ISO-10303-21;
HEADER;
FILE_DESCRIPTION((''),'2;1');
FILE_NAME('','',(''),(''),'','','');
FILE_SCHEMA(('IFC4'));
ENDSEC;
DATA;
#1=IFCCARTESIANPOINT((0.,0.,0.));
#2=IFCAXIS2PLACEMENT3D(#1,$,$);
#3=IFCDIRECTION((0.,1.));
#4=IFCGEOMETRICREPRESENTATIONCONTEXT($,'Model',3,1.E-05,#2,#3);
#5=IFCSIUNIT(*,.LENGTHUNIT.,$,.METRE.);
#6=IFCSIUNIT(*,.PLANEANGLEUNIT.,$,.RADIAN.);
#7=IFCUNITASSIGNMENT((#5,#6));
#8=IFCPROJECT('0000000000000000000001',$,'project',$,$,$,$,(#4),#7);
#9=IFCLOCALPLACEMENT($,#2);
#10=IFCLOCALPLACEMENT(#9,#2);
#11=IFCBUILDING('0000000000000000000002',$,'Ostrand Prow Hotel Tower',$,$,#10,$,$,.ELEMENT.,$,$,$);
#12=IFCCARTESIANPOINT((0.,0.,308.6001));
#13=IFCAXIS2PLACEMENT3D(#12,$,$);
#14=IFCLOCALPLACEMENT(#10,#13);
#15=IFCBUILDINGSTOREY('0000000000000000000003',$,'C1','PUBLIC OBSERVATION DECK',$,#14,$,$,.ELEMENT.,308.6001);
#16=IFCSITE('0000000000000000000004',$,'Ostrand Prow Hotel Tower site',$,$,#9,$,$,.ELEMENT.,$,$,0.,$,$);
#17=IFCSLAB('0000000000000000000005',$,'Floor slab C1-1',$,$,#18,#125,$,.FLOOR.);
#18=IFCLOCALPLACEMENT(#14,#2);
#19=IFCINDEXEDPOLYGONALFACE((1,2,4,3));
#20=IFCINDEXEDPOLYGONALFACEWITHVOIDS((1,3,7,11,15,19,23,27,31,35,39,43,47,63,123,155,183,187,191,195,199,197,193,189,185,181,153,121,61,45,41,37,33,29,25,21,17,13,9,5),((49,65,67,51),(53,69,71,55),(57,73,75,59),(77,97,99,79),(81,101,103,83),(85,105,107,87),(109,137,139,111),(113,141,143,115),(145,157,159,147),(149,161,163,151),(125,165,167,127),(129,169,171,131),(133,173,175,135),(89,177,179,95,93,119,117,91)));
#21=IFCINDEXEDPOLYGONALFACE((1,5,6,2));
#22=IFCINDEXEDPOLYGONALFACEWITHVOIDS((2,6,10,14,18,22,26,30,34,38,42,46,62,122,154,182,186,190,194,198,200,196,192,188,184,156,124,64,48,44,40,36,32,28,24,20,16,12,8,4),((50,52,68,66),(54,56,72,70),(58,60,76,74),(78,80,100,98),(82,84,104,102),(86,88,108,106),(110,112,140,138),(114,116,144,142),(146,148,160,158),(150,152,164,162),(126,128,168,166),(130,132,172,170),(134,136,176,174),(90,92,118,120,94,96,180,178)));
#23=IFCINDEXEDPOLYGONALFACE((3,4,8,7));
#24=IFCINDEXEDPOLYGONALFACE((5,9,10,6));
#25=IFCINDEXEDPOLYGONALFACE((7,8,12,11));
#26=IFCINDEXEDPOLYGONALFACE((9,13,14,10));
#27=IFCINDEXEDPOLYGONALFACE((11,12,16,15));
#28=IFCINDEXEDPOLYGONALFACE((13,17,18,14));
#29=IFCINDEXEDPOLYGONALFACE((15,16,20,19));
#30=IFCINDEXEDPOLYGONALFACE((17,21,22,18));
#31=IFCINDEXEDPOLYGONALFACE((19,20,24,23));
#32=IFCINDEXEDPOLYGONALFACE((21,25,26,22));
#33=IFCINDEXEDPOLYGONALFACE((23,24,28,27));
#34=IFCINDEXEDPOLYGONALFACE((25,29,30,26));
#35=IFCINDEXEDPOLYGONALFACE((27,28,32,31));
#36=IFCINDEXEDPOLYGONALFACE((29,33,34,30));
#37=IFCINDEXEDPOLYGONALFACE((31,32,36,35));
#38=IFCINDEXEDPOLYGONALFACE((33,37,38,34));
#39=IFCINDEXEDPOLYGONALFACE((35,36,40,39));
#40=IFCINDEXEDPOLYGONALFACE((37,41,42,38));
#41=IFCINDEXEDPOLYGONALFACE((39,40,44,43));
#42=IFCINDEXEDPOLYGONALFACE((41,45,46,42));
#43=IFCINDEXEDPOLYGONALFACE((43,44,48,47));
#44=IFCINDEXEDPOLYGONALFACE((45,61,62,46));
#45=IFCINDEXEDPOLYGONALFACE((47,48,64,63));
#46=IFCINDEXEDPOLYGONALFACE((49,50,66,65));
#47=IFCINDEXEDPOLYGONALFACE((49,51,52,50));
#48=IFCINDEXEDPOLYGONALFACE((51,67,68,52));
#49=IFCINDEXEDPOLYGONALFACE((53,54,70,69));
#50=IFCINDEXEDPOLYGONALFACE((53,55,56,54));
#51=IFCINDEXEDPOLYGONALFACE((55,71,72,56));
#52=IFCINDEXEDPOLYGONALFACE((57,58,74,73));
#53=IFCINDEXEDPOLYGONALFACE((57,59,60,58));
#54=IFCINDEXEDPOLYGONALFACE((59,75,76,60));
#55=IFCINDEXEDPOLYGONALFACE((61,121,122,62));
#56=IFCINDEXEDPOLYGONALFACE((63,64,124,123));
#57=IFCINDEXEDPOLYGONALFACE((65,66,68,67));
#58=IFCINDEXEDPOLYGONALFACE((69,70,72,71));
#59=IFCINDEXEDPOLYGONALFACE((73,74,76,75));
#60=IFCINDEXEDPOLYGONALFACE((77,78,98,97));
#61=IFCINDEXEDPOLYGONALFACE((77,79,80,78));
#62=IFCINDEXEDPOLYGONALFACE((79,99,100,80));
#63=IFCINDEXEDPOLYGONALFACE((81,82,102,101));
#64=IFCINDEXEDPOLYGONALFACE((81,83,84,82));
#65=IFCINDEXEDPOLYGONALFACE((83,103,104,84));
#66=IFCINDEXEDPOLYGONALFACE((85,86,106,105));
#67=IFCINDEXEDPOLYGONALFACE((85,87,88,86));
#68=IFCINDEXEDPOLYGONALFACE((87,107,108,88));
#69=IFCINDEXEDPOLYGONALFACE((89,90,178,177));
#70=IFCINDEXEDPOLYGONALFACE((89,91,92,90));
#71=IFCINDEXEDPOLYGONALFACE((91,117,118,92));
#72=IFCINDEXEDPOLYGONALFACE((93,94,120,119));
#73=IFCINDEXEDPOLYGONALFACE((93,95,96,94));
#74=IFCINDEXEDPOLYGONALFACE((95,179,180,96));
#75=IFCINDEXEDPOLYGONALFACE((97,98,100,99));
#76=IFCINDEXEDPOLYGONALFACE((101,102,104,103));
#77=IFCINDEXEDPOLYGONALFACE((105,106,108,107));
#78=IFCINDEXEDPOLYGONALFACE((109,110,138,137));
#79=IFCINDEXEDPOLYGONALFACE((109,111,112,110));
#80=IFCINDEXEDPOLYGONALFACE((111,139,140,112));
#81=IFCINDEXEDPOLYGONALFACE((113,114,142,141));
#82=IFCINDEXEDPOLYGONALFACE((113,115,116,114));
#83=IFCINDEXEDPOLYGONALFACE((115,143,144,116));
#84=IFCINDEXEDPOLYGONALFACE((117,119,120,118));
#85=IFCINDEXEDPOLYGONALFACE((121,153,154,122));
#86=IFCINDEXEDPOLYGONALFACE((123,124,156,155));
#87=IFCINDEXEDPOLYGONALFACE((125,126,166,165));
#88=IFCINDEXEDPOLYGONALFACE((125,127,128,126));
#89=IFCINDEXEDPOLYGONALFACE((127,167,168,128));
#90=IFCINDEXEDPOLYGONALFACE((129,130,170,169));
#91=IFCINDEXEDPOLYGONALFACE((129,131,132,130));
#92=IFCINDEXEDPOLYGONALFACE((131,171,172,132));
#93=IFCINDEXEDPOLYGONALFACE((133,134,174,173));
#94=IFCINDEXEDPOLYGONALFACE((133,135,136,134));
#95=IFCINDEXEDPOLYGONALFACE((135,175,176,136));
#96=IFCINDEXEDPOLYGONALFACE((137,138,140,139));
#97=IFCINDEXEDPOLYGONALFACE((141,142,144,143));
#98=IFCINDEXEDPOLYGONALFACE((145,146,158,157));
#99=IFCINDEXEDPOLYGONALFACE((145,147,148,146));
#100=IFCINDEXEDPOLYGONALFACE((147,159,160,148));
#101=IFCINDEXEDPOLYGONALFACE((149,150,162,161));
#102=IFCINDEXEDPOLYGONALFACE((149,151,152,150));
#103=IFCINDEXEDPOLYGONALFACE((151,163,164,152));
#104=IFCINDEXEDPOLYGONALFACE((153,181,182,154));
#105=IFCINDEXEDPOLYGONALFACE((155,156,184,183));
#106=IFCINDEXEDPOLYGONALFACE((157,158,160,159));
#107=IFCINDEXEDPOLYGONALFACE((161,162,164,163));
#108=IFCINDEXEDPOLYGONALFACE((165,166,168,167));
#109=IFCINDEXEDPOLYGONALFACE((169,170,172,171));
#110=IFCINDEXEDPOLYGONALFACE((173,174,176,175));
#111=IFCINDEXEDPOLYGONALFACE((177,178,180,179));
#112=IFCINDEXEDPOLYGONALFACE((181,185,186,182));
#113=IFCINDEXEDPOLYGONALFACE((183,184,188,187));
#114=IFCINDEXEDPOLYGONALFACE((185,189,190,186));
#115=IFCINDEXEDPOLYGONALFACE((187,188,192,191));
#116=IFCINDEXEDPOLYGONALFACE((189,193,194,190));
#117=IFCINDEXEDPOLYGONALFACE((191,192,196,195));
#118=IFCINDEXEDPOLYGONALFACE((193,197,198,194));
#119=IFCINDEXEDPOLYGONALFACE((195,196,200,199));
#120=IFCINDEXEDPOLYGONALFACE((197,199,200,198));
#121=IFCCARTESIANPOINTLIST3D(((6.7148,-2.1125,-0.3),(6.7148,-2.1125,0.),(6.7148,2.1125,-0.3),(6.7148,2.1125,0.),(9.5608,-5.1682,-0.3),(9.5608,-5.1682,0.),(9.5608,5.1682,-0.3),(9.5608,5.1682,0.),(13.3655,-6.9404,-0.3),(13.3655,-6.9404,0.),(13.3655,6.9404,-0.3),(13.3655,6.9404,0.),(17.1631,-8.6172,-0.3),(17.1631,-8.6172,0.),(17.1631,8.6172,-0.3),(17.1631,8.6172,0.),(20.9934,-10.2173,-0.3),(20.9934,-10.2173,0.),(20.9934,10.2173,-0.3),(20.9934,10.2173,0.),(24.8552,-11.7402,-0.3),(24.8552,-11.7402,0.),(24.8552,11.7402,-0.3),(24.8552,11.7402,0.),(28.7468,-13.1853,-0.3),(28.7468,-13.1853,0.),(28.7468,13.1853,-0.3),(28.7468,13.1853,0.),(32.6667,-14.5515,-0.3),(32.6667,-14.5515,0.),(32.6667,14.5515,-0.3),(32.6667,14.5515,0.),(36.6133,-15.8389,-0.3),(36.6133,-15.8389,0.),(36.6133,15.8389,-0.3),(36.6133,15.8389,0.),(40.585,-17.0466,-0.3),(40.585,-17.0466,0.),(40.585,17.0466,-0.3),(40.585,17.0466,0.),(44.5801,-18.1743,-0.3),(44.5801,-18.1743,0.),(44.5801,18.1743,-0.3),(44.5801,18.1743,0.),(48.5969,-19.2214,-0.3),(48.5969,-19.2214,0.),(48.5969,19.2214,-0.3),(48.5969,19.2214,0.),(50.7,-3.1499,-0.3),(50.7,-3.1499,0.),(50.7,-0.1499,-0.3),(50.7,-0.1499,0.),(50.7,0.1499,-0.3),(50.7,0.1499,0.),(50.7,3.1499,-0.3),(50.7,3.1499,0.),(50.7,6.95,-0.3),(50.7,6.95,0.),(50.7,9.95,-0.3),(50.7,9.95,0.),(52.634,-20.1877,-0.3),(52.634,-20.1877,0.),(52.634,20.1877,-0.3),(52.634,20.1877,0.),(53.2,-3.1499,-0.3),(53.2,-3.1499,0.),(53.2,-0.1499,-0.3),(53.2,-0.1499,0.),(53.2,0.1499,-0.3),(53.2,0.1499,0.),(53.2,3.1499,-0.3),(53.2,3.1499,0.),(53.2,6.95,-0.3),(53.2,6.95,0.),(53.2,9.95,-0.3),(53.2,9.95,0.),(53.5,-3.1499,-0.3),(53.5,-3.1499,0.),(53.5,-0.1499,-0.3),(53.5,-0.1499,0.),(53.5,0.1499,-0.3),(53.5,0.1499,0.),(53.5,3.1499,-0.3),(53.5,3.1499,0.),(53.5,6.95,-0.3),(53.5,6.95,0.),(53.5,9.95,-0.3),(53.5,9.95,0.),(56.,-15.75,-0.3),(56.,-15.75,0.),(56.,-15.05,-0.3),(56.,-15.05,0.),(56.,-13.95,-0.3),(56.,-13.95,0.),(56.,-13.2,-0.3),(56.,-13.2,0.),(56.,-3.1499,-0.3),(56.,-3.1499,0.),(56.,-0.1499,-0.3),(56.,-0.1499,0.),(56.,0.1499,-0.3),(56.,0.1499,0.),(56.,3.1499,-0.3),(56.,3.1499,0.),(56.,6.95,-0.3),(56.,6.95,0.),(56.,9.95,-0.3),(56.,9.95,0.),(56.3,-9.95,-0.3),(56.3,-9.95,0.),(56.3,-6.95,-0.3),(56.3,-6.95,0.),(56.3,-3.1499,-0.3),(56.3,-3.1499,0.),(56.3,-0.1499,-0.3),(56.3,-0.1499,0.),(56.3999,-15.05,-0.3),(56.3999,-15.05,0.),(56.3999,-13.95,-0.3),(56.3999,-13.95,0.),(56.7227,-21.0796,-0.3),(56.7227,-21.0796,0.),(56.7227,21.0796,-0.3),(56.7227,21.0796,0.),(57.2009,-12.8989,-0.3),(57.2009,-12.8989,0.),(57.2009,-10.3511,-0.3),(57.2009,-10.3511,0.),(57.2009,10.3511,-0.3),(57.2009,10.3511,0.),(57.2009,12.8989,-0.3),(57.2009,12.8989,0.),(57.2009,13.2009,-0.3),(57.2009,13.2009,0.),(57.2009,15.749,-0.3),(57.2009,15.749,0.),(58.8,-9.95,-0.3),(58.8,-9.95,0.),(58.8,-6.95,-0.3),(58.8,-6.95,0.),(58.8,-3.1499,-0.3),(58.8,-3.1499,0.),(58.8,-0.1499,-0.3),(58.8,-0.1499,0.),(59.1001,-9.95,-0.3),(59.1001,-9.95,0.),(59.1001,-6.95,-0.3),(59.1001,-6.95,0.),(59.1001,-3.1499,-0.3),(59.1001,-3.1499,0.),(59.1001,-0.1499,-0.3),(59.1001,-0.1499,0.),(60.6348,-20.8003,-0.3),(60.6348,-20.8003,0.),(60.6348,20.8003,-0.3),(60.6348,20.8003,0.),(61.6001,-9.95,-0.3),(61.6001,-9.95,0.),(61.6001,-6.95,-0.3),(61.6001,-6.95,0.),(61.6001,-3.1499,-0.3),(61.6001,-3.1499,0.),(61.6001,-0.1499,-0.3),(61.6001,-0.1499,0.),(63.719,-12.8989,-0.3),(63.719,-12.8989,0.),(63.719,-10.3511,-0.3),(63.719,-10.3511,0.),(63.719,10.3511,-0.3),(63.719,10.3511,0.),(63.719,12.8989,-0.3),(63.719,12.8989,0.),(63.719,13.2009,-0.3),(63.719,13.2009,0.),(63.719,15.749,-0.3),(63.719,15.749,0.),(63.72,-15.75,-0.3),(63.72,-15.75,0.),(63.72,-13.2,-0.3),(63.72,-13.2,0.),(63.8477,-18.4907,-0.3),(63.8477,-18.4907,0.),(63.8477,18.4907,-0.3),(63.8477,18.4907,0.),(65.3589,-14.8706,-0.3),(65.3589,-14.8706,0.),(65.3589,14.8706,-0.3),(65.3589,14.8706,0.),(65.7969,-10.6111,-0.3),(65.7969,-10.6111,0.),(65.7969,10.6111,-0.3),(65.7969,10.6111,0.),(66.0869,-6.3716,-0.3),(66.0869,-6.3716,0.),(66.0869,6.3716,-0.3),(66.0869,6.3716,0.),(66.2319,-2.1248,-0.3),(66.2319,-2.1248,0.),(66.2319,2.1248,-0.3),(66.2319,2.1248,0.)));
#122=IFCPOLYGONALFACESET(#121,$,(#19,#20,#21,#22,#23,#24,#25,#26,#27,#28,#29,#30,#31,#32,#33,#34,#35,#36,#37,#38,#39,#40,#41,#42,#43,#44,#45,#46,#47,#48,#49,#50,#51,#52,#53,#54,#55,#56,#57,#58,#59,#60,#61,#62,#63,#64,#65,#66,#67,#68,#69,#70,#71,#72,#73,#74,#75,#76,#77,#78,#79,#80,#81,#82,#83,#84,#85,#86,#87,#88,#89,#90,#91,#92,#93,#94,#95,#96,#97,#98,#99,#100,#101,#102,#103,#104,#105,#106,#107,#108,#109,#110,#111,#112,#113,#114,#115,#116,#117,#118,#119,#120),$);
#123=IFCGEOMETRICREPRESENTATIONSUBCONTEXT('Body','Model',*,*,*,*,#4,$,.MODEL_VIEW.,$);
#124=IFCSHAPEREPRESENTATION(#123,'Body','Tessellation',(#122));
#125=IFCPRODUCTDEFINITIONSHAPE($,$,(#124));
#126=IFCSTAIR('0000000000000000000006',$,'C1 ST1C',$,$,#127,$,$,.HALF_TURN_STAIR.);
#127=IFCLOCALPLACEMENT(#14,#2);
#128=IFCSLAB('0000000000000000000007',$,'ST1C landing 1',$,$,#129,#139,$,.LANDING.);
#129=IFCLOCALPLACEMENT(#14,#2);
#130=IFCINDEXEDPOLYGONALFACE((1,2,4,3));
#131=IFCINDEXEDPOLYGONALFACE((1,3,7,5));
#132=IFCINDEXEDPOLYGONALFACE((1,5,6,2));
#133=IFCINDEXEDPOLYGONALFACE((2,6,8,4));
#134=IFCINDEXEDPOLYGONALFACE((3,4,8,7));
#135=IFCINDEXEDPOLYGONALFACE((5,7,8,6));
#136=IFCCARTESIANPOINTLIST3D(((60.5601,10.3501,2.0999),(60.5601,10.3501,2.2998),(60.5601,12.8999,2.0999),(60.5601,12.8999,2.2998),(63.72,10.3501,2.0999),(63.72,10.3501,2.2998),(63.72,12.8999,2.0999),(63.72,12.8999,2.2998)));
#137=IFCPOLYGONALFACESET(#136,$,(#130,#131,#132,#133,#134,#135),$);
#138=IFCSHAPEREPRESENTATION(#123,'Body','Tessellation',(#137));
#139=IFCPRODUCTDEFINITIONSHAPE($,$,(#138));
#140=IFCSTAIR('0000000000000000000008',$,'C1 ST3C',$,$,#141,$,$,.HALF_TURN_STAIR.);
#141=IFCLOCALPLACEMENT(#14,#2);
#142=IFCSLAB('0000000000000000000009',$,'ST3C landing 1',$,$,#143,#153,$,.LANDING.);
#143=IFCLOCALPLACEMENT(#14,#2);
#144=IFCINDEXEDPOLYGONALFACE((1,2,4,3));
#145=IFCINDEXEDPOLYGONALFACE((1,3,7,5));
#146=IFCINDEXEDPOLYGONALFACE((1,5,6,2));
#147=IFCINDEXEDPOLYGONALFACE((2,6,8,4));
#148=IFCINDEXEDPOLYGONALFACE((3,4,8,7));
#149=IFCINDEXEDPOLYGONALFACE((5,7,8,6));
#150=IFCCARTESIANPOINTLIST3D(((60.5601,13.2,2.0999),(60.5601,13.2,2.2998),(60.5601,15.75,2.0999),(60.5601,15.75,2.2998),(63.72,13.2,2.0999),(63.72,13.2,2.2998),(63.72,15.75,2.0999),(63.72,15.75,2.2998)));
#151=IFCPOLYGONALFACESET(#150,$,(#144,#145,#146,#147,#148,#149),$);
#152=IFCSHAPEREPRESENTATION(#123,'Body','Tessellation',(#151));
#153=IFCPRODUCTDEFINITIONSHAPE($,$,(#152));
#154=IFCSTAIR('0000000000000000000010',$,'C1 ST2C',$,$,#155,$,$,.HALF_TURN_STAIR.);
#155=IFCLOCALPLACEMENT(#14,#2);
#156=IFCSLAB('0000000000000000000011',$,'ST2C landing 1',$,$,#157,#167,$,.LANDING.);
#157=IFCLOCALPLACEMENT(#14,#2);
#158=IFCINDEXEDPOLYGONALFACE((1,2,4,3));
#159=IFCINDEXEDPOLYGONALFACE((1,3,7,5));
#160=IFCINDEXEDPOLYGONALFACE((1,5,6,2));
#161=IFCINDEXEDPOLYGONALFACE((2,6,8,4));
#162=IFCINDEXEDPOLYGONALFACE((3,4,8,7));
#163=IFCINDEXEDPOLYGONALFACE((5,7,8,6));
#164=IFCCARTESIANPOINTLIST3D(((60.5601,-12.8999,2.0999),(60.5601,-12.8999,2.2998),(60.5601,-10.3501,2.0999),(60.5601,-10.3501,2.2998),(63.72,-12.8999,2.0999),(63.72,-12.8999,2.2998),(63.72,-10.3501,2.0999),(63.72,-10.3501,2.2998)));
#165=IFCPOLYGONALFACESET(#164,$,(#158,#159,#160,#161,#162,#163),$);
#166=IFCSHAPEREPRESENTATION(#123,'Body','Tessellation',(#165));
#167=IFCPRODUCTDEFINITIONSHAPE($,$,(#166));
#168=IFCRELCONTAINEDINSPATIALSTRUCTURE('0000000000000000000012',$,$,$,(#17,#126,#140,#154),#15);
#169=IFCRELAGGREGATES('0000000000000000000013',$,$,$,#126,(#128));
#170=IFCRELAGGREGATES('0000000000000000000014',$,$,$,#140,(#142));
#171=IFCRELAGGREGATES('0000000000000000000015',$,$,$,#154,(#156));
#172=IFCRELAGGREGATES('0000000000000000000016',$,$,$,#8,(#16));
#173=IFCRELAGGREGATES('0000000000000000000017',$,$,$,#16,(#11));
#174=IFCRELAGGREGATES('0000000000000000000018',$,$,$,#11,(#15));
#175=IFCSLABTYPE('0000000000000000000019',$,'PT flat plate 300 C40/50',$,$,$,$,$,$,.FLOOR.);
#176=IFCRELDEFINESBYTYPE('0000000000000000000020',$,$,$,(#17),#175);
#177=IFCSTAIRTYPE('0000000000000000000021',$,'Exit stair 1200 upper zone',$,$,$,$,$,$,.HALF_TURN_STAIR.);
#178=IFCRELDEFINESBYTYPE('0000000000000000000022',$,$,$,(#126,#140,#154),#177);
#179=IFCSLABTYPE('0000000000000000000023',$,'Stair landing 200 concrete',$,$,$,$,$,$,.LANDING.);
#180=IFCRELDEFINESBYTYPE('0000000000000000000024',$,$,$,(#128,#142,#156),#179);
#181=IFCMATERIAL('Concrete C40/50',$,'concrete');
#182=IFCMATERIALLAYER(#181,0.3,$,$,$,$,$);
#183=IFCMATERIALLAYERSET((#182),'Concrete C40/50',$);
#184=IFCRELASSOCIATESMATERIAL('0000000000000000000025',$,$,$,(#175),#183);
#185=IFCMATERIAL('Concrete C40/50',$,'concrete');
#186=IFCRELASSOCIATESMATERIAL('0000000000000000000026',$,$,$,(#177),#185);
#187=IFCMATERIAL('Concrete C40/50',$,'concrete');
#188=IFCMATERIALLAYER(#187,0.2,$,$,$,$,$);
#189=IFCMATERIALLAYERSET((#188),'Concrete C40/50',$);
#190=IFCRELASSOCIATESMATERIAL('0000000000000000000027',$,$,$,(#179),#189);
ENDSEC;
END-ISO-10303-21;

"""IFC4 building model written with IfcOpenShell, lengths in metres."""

from ifc_helpers import new_model, si_unit, direction, frame, origin, place, context, subcontext, project, spatial, polyline, outline, extrude, material, layer, layer_set, type_object, element, aggregate, save


model = new_model("IFC4")

# Units and contexts
model_context = context("Model", 3, precision=1e-05, world=origin(), true_north=direction((0.0, 1.0)))
body_context = subcontext(model_context, "Body", "Model", "MODEL_VIEW")
ifc_project = project(units=[si_unit("LENGTHUNIT", "METRE"), si_unit("PLANEANGLEUNIT", "RADIAN")], contexts=[model_context])

# Site, building, storey
site_placement = place(None, origin())
site = spatial("IfcSite", under=ifc_project, at=site_placement, Name="Ostrand Prow Hotel Tower site", CompositionType="ELEMENT", RefElevation=0.0)
building_placement = place(site_placement, origin())
building = spatial("IfcBuilding", under=site, at=building_placement, Name="Ostrand Prow Hotel Tower", CompositionType="ELEMENT")
storey_placement = place(building_placement, frame((0.0, 0.0, 308.6001)))
storey = spatial("IfcBuildingStorey", under=building, at=storey_placement, Name="C1", Description="PUBLIC OBSERVATION DECK", CompositionType="ELEMENT", Elevation=308.6001)

# Slab, opening
ifc_material_1 = material(Name="Concrete C40/50", Category="concrete")
ifc_layer_1 = layer(ifc_material_1, 0.3)
ifc_layer_set_1 = layer_set([ifc_layer_1], Name="Concrete C40/50")
slab_type_1 = type_object("IfcSlabType", Name="PT flat plate 300 C40/50", PredefinedType="FLOOR", material=ifc_layer_set_1)
slab_1_placement = place(storey_placement, frame((0.0, 0.0, -0.3)))
slab_1 = element("IfcSlab", 1, at=slab_1_placement, inside=storey, type_object=slab_type_1, Name="Floor slab C1-1", PredefinedType="FLOOR", context=body_context, shape_type="SweptSolid", body=[
    extrude(outline(polyline([(9.5608, 5.1682), (13.3655, 6.9404), (17.1631, 8.6172), (20.9934, 10.2173), (24.8552, 11.7402), (28.7468, 13.1853), (32.6667, 14.5515), (36.6133, 15.8389), (40.585, 17.0466), (44.5801, 18.1743), (48.5969, 19.2214), (52.634, 20.1877), (56.7227, 21.0796), (60.6348, 20.8003), (63.8477, 18.4907), (65.3589, 14.8706), (65.7969, 10.6111), (66.0869, 6.3716), (66.2319, 2.1248), (66.2319, -2.1248), (66.0869, -6.3716), (65.7969, -10.6111), (65.3589, -14.8706), (63.8477, -18.4907), (60.6348, -20.8003), (56.7227, -21.0796), (52.634, -20.1877), (48.5969, -19.2214), (44.5801, -18.1743), (40.585, -17.0466), (36.6133, -15.8389), (32.6667, -14.5515), (28.7468, -13.1853), (24.8552, -11.7402), (20.9934, -10.2173), (17.1631, -8.6172), (13.3655, -6.9404), (9.5608, -5.1682), (6.7148, -2.1125), (6.7148, 2.1125), (9.5608, 5.1682)]), holes=[polyline([(50.7, 6.95), (53.2, 6.95), (53.2, 9.95), (50.7, 9.95), (50.7, 6.95)]), polyline([(53.5, 6.95), (56.0, 6.95), (56.0, 9.95), (53.5, 9.95), (53.5, 6.95)]), polyline([(50.7, 0.1499), (53.2, 0.1499), (53.2, 3.1499), (50.7, 3.1499), (50.7, 0.1499)]), polyline([(53.5, 0.1499), (56.0, 0.1499), (56.0, 3.1499), (53.5, 3.1499), (53.5, 0.1499)]), polyline([(50.7, -3.1499), (53.2, -3.1499), (53.2, -0.1499), (50.7, -0.1499), (50.7, -3.1499)]), polyline([(53.5, -3.1499), (56.0, -3.1499), (56.0, -0.1499), (53.5, -0.1499), (53.5, -3.1499)]), polyline([(56.3, -3.1499), (58.8, -3.1499), (58.8, -0.1499), (56.3, -0.1499), (56.3, -3.1499)]), polyline([(59.1001, -3.1499), (61.6001, -3.1499), (61.6001, -0.1499), (59.1001, -0.1499), (59.1001, -3.1499)]), polyline([(56.3, -9.95), (58.8, -9.95), (58.8, -6.95), (56.3, -6.95), (56.3, -9.95)]), polyline([(59.1001, -9.95), (61.6001, -9.95), (61.6001, -6.95), (59.1001, -6.95), (59.1001, -9.95)]), polyline([(57.2009, 10.3511), (57.2009, 12.8989), (63.719, 12.8989), (63.719, 10.3511), (57.2009, 10.3511)]), polyline([(57.2009, 13.2009), (57.2009, 15.749), (63.719, 15.749), (63.719, 13.2009), (57.2009, 13.2009)]), polyline([(57.2009, -12.8989), (57.2009, -10.3511), (63.719, -10.3511), (63.719, -12.8989), (57.2009, -12.8989)]), polyline([(56.0, -13.95), (56.0, -13.2), (63.72, -13.2), (63.72, -15.75), (56.0, -15.75), (56.0, -15.05), (56.3999, -15.05), (56.3999, -13.95), (56.0, -13.95)])]), origin(), (0.0, 0.0, 1.0), 0.3),
])
opening_placement = place(slab_1_placement, origin())
element("IfcOpeningElement", 2, at=opening_placement, cuts=slab_1, PredefinedType="OPENING", context=body_context, shape_type="SweptSolid", body=[
    extrude(outline(polyline([(56.0, -13.95), (56.0, -13.2), (63.72, -13.2), (63.72, -15.75), (56.0, -15.75), (56.0, -15.05), (56.3999, -15.05), (56.3999, -13.95), (56.0, -13.95)])), origin(), (0.0, 0.0, 1.0), 0.3),
])

# Stairs, slabs
ifc_material_2 = material(Name="Concrete C40/50", Category="concrete")
stair_type = type_object("IfcStairType", Name="Exit stair 1200 upper zone", PredefinedType="HALF_TURN_STAIR", material=ifc_material_2)
stair_1_placement = place(storey_placement, origin())
stair_1 = element("IfcStair", 3, at=stair_1_placement, inside=storey, type_object=stair_type, Name="C1 ST1C", PredefinedType="HALF_TURN_STAIR")
ifc_material_3 = material(Name="Concrete C40/50", Category="concrete")
ifc_layer_2 = layer(ifc_material_3, 0.2)
ifc_layer_set_2 = layer_set([ifc_layer_2], Name="Concrete C40/50")
slab_type_2 = type_object("IfcSlabType", Name="Stair landing 200 concrete", PredefinedType="LANDING", material=ifc_layer_set_2)
slab_2_placement = place(storey_placement, frame((0.0, 0.0, 2.0999)))
slab_2 = element("IfcSlab", 4, at=slab_2_placement, type_object=slab_type_2, Name="ST1C landing 1", PredefinedType="LANDING", context=body_context, shape_type="SweptSolid", body=[
    extrude(outline(polyline([(60.5601, 10.3501), (63.72, 10.3501), (63.72, 12.8999), (60.5601, 12.8999), (60.5601, 10.3501)])), origin(), (0.0, 0.0, 1.0), 0.2),
])
aggregate(stair_1, [slab_2])
stair_2_placement = place(storey_placement, origin())
stair_2 = element("IfcStair", 5, at=stair_2_placement, inside=storey, type_object=stair_type, Name="C1 ST3C", PredefinedType="HALF_TURN_STAIR")
slab_3_placement = place(storey_placement, frame((0.0, 0.0, 2.0999)))
slab_3 = element("IfcSlab", 6, at=slab_3_placement, type_object=slab_type_2, Name="ST3C landing 1", PredefinedType="LANDING", context=body_context, shape_type="SweptSolid", body=[
    extrude(outline(polyline([(60.5601, 13.2), (63.72, 13.2), (63.72, 15.75), (60.5601, 15.75), (60.5601, 13.2)])), origin(), (0.0, 0.0, 1.0), 0.2),
])
aggregate(stair_2, [slab_3])
stair_3_placement = place(storey_placement, origin())
stair_3 = element("IfcStair", 7, at=stair_3_placement, inside=storey, type_object=stair_type, Name="C1 ST2C", PredefinedType="HALF_TURN_STAIR")
slab_4_placement = place(storey_placement, frame((0.0, 0.0, 2.0999)))
slab_4 = element("IfcSlab", 8, at=slab_4_placement, type_object=slab_type_2, Name="ST2C landing 1", PredefinedType="LANDING", context=body_context, shape_type="SweptSolid", body=[
    extrude(outline(polyline([(60.5601, -12.8999), (63.72, -12.8999), (63.72, -10.3501), (60.5601, -10.3501), (60.5601, -12.8999)])), origin(), (0.0, 0.0, 1.0), 0.2),
])
aggregate(stair_3, [slab_4])

save(model, "model.ifc")
